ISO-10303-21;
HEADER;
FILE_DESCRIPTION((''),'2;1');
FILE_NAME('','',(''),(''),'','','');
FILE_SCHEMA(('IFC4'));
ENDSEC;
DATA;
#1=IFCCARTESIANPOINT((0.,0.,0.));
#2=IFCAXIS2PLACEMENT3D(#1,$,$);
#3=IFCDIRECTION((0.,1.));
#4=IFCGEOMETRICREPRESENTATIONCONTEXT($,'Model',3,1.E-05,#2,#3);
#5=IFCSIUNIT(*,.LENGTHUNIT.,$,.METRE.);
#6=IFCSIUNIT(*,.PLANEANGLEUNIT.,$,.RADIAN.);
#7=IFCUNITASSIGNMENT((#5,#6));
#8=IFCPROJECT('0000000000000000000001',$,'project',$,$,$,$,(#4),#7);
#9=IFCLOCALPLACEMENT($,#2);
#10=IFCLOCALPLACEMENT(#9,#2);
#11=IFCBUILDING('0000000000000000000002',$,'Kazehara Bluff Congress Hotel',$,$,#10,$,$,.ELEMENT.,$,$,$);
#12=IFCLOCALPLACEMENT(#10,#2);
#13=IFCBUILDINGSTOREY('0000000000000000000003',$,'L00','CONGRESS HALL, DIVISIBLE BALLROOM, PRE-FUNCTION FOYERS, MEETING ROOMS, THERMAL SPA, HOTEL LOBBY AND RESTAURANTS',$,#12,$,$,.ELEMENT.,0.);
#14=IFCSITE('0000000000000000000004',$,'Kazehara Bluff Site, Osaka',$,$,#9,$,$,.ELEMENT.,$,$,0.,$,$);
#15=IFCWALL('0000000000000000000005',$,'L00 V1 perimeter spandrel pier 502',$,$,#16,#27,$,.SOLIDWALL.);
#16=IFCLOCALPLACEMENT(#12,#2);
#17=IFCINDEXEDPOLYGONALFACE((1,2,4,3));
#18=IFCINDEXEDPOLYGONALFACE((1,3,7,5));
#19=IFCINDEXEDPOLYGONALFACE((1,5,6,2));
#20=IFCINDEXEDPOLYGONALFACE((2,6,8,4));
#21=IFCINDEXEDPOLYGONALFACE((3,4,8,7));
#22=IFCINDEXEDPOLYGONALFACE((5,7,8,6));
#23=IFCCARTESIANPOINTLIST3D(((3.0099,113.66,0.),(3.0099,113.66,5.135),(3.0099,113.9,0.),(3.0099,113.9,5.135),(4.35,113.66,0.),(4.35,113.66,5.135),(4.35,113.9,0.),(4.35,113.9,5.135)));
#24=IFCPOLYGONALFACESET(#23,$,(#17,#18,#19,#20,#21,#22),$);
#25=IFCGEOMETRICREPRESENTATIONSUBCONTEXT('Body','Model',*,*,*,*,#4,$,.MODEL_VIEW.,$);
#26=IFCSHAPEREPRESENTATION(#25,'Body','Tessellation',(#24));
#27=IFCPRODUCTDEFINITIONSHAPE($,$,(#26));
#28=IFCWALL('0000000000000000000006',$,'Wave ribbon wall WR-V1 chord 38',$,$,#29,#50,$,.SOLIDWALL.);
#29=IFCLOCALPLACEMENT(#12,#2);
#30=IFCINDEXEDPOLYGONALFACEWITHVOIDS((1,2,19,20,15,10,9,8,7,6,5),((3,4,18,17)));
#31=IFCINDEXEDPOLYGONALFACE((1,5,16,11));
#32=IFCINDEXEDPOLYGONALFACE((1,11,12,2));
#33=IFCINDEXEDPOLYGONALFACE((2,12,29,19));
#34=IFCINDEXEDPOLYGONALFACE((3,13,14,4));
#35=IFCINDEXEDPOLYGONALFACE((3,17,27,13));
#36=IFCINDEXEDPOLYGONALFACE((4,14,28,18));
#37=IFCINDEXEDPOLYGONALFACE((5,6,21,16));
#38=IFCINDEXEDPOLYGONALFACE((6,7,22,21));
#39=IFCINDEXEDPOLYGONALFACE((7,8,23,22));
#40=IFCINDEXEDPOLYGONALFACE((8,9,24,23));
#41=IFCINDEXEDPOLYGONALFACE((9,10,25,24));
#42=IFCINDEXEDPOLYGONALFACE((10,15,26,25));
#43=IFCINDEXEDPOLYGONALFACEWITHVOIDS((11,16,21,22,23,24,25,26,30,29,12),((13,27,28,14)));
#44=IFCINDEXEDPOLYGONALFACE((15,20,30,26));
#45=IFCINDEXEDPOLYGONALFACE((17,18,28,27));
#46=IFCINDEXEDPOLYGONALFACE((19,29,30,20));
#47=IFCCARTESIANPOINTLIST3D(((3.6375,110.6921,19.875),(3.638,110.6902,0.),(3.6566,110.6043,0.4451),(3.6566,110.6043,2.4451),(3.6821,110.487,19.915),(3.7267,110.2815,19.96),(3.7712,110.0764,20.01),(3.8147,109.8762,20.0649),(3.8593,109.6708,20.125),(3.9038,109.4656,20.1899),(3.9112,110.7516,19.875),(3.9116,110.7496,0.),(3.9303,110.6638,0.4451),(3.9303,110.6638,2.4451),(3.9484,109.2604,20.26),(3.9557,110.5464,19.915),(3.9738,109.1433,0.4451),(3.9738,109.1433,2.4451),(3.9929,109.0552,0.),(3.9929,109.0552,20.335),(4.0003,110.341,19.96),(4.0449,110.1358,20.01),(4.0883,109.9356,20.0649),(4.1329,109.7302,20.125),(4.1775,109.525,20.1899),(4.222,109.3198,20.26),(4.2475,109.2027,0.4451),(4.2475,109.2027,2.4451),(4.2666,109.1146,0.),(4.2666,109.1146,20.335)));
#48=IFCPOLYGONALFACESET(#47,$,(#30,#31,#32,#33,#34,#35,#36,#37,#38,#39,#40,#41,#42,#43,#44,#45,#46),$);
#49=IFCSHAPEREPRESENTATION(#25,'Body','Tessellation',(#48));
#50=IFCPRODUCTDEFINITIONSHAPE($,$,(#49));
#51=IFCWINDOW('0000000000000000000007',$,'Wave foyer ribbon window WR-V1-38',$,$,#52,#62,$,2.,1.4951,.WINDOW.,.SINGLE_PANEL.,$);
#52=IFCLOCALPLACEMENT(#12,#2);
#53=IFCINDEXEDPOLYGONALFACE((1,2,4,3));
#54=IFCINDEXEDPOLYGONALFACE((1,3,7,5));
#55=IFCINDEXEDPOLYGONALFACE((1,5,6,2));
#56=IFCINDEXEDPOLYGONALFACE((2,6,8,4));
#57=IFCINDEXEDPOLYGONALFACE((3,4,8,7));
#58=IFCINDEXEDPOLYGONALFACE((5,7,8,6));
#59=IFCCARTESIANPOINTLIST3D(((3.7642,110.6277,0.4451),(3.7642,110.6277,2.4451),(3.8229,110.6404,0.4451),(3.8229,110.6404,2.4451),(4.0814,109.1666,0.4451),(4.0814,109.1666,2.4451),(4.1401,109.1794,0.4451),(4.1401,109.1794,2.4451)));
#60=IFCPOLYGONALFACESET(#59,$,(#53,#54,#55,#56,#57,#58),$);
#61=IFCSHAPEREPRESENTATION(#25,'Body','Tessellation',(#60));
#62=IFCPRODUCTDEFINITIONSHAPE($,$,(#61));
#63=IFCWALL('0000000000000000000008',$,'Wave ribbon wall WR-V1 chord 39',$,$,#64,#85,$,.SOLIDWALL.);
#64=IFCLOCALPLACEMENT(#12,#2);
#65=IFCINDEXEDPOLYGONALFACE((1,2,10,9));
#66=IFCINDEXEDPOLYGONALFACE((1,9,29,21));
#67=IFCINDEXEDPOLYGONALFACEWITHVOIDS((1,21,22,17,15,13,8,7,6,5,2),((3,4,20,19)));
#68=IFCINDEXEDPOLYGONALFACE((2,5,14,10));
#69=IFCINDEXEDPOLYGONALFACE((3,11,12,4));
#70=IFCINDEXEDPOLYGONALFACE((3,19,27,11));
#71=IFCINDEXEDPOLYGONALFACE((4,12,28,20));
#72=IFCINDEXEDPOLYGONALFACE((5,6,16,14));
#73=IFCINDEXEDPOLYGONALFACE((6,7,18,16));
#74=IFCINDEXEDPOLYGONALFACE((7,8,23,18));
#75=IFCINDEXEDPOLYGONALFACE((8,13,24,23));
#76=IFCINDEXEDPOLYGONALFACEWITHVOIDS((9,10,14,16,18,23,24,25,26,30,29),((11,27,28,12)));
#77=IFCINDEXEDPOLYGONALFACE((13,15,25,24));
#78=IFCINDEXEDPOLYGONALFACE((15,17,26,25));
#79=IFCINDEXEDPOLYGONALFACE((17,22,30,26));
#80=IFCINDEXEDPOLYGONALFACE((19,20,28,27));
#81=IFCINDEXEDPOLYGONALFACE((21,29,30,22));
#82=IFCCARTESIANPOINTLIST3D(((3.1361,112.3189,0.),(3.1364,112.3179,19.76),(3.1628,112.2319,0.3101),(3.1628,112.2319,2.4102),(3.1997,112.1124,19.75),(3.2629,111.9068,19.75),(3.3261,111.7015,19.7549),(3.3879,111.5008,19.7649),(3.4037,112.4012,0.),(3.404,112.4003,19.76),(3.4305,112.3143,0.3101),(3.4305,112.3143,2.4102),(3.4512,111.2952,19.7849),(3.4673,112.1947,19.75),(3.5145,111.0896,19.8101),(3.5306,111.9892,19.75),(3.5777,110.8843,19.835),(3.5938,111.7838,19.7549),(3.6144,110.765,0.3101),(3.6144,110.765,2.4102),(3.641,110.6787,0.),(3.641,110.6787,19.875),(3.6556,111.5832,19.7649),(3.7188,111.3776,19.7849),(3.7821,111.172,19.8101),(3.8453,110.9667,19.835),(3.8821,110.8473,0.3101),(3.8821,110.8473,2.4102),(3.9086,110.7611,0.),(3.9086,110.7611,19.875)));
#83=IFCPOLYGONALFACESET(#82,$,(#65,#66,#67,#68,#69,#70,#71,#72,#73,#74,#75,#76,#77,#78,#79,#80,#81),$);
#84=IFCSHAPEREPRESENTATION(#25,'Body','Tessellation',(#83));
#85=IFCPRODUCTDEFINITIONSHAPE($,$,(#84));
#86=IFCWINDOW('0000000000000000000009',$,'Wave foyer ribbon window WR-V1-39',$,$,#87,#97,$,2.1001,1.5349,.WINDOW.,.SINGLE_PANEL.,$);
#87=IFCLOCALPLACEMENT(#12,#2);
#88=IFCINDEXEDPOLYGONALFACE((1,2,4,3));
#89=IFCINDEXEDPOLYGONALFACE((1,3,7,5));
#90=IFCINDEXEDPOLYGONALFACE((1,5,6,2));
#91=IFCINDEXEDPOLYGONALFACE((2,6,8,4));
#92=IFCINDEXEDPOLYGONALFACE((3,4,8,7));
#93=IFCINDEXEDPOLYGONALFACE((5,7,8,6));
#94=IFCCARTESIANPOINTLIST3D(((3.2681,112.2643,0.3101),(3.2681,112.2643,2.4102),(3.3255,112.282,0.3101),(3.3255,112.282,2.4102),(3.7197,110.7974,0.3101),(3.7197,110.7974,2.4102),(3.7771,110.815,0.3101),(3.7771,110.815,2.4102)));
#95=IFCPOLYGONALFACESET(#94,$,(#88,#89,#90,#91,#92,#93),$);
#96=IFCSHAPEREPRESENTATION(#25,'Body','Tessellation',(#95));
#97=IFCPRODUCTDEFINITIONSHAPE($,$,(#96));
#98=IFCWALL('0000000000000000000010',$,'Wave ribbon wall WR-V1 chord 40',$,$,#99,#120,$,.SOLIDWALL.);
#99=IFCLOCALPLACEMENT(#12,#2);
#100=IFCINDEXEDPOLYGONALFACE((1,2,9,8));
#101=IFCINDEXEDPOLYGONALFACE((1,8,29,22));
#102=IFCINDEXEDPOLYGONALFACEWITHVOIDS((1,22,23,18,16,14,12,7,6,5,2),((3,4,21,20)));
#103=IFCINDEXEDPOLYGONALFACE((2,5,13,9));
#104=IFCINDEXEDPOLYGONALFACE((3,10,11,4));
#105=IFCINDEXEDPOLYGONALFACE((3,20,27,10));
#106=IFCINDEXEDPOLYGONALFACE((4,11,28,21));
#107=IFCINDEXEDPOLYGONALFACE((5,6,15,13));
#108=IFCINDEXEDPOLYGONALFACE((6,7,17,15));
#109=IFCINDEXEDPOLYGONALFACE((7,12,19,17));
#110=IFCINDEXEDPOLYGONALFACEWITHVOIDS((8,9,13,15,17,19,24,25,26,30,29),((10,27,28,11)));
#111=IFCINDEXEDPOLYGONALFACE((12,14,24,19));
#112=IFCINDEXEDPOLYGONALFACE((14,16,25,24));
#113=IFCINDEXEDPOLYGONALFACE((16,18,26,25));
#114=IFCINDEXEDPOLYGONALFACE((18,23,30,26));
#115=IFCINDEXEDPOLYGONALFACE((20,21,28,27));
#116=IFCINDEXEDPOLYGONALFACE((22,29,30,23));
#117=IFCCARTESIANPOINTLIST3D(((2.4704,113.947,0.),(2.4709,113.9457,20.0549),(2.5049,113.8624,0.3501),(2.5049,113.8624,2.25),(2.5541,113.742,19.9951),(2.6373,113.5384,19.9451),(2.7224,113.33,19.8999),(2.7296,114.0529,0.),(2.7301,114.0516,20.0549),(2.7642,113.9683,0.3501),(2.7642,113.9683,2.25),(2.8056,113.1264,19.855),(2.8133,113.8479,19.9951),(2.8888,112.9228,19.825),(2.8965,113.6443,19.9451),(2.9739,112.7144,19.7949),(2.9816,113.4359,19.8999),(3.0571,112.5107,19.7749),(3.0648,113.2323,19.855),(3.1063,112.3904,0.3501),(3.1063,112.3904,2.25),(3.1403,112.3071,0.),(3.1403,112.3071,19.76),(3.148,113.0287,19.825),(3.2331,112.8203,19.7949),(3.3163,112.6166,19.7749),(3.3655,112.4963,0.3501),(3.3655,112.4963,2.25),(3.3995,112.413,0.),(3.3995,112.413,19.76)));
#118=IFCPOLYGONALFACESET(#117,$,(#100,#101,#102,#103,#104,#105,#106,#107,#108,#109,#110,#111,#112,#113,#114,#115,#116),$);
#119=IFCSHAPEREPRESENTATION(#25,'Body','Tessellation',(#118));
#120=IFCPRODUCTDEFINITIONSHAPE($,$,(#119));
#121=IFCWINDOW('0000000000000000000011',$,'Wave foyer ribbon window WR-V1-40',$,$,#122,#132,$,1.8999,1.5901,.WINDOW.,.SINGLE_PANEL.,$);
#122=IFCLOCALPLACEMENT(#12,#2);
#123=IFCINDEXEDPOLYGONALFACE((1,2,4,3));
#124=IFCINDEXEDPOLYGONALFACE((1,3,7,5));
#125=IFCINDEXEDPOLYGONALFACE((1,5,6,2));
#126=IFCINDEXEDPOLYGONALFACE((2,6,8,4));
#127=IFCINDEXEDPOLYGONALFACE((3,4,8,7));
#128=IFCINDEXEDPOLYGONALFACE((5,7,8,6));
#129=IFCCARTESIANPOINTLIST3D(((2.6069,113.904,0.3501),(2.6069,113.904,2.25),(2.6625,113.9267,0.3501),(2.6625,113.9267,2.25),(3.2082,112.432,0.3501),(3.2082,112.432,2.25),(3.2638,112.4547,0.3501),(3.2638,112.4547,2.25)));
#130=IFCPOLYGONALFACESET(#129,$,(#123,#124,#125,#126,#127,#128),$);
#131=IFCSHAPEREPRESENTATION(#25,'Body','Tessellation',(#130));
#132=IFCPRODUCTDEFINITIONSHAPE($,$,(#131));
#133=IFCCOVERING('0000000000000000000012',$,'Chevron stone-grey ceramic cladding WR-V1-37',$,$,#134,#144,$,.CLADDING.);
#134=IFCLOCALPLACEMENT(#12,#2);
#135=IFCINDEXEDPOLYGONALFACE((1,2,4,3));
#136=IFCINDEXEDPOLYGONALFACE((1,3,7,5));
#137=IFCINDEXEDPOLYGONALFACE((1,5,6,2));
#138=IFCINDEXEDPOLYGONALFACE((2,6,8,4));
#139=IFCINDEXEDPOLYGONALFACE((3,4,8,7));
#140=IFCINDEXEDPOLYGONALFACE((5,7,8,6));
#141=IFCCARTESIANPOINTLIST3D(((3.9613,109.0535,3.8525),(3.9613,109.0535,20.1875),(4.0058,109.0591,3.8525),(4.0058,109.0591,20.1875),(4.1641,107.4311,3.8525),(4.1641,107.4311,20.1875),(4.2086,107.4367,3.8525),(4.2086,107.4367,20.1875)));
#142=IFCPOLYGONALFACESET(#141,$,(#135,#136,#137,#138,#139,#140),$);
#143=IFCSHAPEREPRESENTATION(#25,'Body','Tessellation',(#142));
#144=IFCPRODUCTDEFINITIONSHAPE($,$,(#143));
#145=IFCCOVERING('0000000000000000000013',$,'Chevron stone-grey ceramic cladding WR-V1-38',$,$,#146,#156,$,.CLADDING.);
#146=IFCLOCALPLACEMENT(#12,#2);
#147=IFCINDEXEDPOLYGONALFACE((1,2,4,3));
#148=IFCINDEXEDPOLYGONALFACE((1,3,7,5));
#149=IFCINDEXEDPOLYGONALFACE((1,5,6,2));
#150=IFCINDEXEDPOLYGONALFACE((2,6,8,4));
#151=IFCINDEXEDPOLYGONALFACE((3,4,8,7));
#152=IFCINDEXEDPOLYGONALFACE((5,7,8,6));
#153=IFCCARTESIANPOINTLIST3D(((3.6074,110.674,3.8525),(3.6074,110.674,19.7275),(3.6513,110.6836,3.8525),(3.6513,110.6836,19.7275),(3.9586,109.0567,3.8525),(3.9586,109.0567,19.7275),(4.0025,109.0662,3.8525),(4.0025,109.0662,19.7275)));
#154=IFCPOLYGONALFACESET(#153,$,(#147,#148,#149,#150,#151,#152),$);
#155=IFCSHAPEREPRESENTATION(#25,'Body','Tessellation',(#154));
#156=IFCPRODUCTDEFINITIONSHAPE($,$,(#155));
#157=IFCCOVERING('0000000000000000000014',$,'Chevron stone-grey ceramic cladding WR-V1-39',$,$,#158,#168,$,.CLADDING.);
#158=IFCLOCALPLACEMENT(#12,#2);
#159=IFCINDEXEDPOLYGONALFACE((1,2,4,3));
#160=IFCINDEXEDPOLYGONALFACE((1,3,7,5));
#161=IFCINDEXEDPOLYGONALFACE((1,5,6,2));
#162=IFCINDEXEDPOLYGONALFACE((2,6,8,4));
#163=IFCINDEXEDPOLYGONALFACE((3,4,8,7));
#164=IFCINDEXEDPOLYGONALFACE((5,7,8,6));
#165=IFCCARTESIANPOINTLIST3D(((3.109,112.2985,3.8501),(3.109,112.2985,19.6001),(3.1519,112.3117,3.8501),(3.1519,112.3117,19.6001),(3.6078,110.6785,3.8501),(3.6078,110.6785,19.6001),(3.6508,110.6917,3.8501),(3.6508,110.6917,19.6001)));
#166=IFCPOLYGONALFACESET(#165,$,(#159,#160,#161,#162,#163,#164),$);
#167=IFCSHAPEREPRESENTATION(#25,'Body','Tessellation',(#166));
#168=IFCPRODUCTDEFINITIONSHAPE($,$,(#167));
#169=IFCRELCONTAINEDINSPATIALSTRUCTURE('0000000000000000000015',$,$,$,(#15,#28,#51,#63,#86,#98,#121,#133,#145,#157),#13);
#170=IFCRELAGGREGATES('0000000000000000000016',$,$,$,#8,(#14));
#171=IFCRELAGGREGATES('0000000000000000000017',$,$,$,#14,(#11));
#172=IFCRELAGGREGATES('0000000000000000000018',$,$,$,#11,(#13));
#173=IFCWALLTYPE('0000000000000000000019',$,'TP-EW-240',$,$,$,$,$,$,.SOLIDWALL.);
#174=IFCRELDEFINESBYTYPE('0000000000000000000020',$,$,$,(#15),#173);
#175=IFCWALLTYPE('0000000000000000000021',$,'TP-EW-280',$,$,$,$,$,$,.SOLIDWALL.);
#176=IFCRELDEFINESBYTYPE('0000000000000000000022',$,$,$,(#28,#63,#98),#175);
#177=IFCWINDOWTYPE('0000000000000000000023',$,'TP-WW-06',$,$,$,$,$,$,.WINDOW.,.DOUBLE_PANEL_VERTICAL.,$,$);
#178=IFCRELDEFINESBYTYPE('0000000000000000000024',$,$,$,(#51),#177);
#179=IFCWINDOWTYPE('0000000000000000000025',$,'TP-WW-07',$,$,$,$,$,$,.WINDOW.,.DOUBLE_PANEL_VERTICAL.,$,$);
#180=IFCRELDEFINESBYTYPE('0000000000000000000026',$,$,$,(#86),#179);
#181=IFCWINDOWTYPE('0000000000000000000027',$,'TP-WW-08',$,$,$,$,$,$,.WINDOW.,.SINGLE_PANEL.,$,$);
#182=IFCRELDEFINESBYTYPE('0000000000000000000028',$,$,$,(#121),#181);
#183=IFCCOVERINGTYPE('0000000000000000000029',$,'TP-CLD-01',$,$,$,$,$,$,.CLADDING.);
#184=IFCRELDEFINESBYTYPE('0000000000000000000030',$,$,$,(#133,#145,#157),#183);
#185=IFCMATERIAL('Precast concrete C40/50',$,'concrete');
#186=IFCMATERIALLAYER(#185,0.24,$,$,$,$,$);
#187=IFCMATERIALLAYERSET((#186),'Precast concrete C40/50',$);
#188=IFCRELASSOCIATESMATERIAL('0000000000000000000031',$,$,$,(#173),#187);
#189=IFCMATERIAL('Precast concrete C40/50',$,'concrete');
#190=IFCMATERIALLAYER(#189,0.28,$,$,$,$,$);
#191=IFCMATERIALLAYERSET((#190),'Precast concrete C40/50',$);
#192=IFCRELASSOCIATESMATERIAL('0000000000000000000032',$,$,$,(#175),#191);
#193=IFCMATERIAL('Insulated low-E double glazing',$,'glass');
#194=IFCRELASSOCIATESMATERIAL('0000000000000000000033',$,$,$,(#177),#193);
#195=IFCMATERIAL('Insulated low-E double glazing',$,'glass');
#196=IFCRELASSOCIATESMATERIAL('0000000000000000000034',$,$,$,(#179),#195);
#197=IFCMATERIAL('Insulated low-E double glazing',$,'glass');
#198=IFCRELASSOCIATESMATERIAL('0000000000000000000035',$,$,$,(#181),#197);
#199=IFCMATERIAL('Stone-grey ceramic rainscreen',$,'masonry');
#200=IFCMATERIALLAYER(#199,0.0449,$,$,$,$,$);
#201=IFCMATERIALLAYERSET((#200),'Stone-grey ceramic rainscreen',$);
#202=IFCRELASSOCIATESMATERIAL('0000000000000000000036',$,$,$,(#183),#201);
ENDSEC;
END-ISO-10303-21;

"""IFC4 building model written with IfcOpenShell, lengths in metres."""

from ifc_helpers import new_model, si_unit, direction, frame, frame_2d, origin, origin_2d, place, context, subcontext, project, spatial, polyline, rectangle, outline, extrude, material, layer, layer_set, type_object, element, fill, save


model = new_model("IFC4")

# Units and contexts
model_context = context("Model", 3, precision=1e-05, world=origin(), true_north=direction((0.0, 1.0)))
body_context = subcontext(model_context, "Body", "Model", "MODEL_VIEW")
ifc_project = project(units=[si_unit("LENGTHUNIT", "METRE"), si_unit("PLANEANGLEUNIT", "RADIAN")], contexts=[model_context])

# Site, building, storey
site_placement = place(None, origin())
site = spatial("IfcSite", under=ifc_project, at=site_placement, Name="Kazehara Bluff Site, Osaka", CompositionType="ELEMENT", RefElevation=0.0)
building_placement = place(site_placement, origin())
building = spatial("IfcBuilding", under=site, at=building_placement, Name="Kazehara Bluff Congress Hotel", CompositionType="ELEMENT")
storey_placement = place(building_placement, origin())
storey = spatial("IfcBuildingStorey", under=building, at=storey_placement, Name="L00", Description="CONGRESS HALL, DIVISIBLE BALLROOM, PRE-FUNCTION FOYERS, MEETING ROOMS, THERMAL SPA, HOTEL LOBBY AND RESTAURANTS", CompositionType="ELEMENT", Elevation=0.0)

# Wall
ifc_material_1 = material(Name="Precast concrete C40/50", Category="concrete")
ifc_layer_1 = layer(ifc_material_1, 0.24)
ifc_layer_set_1 = layer_set([ifc_layer_1], Name="Precast concrete C40/50")
wall_type_1 = type_object("IfcWallType", Name="TP-EW-240", PredefinedType="SOLIDWALL", material=ifc_layer_set_1)
wall_1_placement = place(storey_placement, frame((3.01, 113.78, 0.0), z_axis=(0.0, 0.0, 1.0), x_axis=(1.0, 0.0, 0.0)))
element("IfcWall", 1, at=wall_1_placement, inside=storey, type_object=wall_type_1, Name="L00 V1 perimeter spandrel pier 502", PredefinedType="SOLIDWALL", context=body_context, shape_type="SweptSolid", body=[
    extrude(rectangle(XDim=1.3401, YDim=0.24, at=frame_2d((0.6699, 0.0))), origin(), (0.0, 0.0, 1.0), 5.135),
])

# Walls, openings, windows
ifc_material_2 = material(Name="Precast concrete C40/50", Category="concrete")
ifc_layer_2 = layer(ifc_material_2, 0.28)
ifc_layer_set_2 = layer_set([ifc_layer_2], Name="Precast concrete C40/50")
wall_type_2 = type_object("IfcWallType", Name="TP-EW-280", PredefinedType="SOLIDWALL", material=ifc_layer_set_2)
wall_2_placement = place(storey_placement, frame((4.1299, 109.085, 0.0), z_axis=(0.0, 0.0, 1.0), x_axis=(-0.212169, 0.977233, 0.0)))
wall_2 = element("IfcWall", 2, at=wall_2_placement, inside=storey, type_object=wall_type_2, Name="Wave ribbon wall WR-V1 chord 38", PredefinedType="SOLIDWALL", context=body_context, shape_type="SweptSolid", body=[
    extrude(outline(polyline([(0.0, 0.0), (1.6731, 0.0), (1.675, 19.875), (1.4651, 19.915), (1.2549, 19.96), (1.0449, 20.01), (0.8401, 20.0649), (0.6299, 20.125), (0.4199, 20.1899), (0.21, 20.26), (0.0, 20.335), (0.0, 0.0)])), frame((0.0, 0.1401, 0.0), z_axis=(0.0, -1.0, 0.0), x_axis=(1.0, 0.0, 0.0)), (0.0, 0.0, 1.0), 0.28),
])
opening_1_placement = place(wall_2_placement, frame((0.0901, 0.0, 0.4451)))
opening_1 = element("IfcOpeningElement", 3, at=opening_1_placement, cuts=wall_2, PredefinedType="OPENING", context=body_context, shape_type="SweptSolid", body=[
    extrude(rectangle(XDim=1.4951, YDim=2.0, at=frame_2d((0.7476, 1.0))), frame((0.0, 0.1499, 0.0), z_axis=(0.0, -1.0, 0.0), x_axis=(1.0, 0.0, 0.0)), (0.0, 0.0, 1.0), 0.3),
])
ifc_material_3 = material(Name="Insulated low-E double glazing", Category="glass")
window_type_1 = type_object("IfcWindowType", Name="TP-WW-06", PartitioningType="DOUBLE_PANEL_VERTICAL", PredefinedType="WINDOW", material=ifc_material_3)
window_1_placement = place(opening_1_placement, origin())
window_1 = element("IfcWindow", 4, at=window_1_placement, inside=storey, type_object=window_type_1, Name="Wave foyer ribbon window WR-V1-38", OverallHeight=2.0, OverallWidth=1.4951, PartitioningType="SINGLE_PANEL", PredefinedType="WINDOW", context=body_context, shape_type="SweptSolid", body=[
    extrude(rectangle(XDim=1.4951, YDim=2.0, at=frame_2d((0.7476, 1.0))), frame((0.0, 0.03, 0.0), z_axis=(0.0, -1.0, 0.0), x_axis=(1.0, 0.0, 0.0)), (0.0, 0.0, 1.0), 0.0601),
])
fill(opening_1, window_1)
wall_3_placement = place(storey_placement, frame((3.7749, 110.72, 0.0), z_axis=(0.0, 0.0, 1.0), x_axis=(-0.294206, 0.955742, 0.0)))
wall_3 = element("IfcWall", 5, at=wall_3_placement, inside=storey, type_object=wall_type_2, Name="Wave ribbon wall WR-V1 chord 39", PredefinedType="SOLIDWALL", context=body_context, shape_type="SweptSolid", body=[
    extrude(outline(polyline([(0.0, 0.0), (1.7161, 0.0), (1.7151, 19.76), (1.5, 19.75), (1.2849, 19.75), (1.0701, 19.7549), (0.8601, 19.7649), (0.645, 19.7849), (0.4299, 19.8101), (0.2151, 19.835), (0.0, 19.875), (0.0, 0.0)])), frame((0.0, 0.1401, 0.0), z_axis=(0.0, -1.0, 0.0), x_axis=(1.0, 0.0, 0.0)), (0.0, 0.0, 1.0), 0.28),
])
opening_2_placement = place(wall_3_placement, frame((0.0901, 0.0, 0.3101)))
opening_2 = element("IfcOpeningElement", 6, at=opening_2_placement, cuts=wall_3, PredefinedType="OPENING", context=body_context, shape_type="SweptSolid", body=[
    extrude(rectangle(XDim=1.5349, YDim=2.1001, at=frame_2d((0.7676, 1.05))), frame((0.0, 0.1499, 0.0), z_axis=(0.0, -1.0, 0.0), x_axis=(1.0, 0.0, 0.0)), (0.0, 0.0, 1.0), 0.3),
])
ifc_material_4 = material(Name="Insulated low-E double glazing", Category="glass")
window_type_2 = type_object("IfcWindowType", Name="TP-WW-07", PartitioningType="DOUBLE_PANEL_VERTICAL", PredefinedType="WINDOW", material=ifc_material_4)
window_2_placement = place(opening_2_placement, origin())
window_2 = element("IfcWindow", 7, at=window_2_placement, inside=storey, type_object=window_type_2, Name="Wave foyer ribbon window WR-V1-39", OverallHeight=2.1001, OverallWidth=1.5349, PartitioningType="SINGLE_PANEL", PredefinedType="WINDOW", context=body_context, shape_type="SweptSolid", body=[
    extrude(rectangle(XDim=1.5349, YDim=2.1001, at=frame_2d((0.7676, 1.05))), frame((0.0, 0.03, 0.0), z_axis=(0.0, -1.0, 0.0), x_axis=(1.0, 0.0, 0.0)), (0.0, 0.0, 1.0), 0.0601),
])
fill(opening_2, window_2)
wall_4_placement = place(storey_placement, frame((3.27, 112.3601, 0.0), z_axis=(0.0, 0.0, 1.0), x_axis=(-0.378177, 0.925733, 0.0)))
wall_4 = element("IfcWall", 8, at=wall_4_placement, inside=storey, type_object=wall_type_2, Name="Wave ribbon wall WR-V1 chord 40", PredefinedType="SOLIDWALL", context=body_context, shape_type="SweptSolid", body=[
    extrude(outline(polyline([(0.0, 0.0), (1.7715, 0.0), (1.77, 20.0549), (1.55, 19.9951), (1.3301, 19.9451), (1.105, 19.8999), (0.885, 19.855), (0.665, 19.825), (0.4399, 19.7949), (0.22, 19.7749), (0.0, 19.76), (0.0, 0.0)])), frame((0.0, 0.1401, 0.0), z_axis=(0.0, -1.0, 0.0), x_axis=(1.0, 0.0, 0.0)), (0.0, 0.0, 1.0), 0.28),
])
opening_3_placement = place(wall_4_placement, frame((0.0901, 0.0, 0.3501)))
opening_3 = element("IfcOpeningElement", 9, at=opening_3_placement, cuts=wall_4, PredefinedType="OPENING", context=body_context, shape_type="SweptSolid", body=[
    extrude(rectangle(XDim=1.5901, YDim=1.8999, at=frame_2d((0.7949, 0.95))), frame((0.0, 0.1499, 0.0), z_axis=(0.0, -1.0, 0.0), x_axis=(1.0, 0.0, 0.0)), (0.0, 0.0, 1.0), 0.3),
])
ifc_material_5 = material(Name="Insulated low-E double glazing", Category="glass")
window_type_3 = type_object("IfcWindowType", Name="TP-WW-08", PartitioningType="SINGLE_PANEL", PredefinedType="WINDOW", material=ifc_material_5)
window_3_placement = place(opening_3_placement, origin())
window_3 = element("IfcWindow", 10, at=window_3_placement, inside=storey, type_object=window_type_3, Name="Wave foyer ribbon window WR-V1-40", OverallHeight=1.8999, OverallWidth=1.5901, PartitioningType="SINGLE_PANEL", PredefinedType="WINDOW", context=body_context, shape_type="SweptSolid", body=[
    extrude(rectangle(XDim=1.5901, YDim=1.8999, at=frame_2d((0.7949, 0.95))), frame((0.0, 0.03, 0.0), z_axis=(0.0, -1.0, 0.0), x_axis=(1.0, 0.0, 0.0)), (0.0, 0.0, 1.0), 0.0601),
])
fill(opening_3, window_3)

# Coverings
ifc_material_6 = material(Name="Stone-grey ceramic rainscreen", Category="masonry")
ifc_layer_3 = layer(ifc_material_6, 0.0449)
ifc_layer_set_3 = layer_set([ifc_layer_3], Name="Stone-grey ceramic rainscreen")
covering_type_1 = type_object("IfcCoveringType", Name="TP-CLD-01", PredefinedType="CLADDING", material=ifc_layer_set_3)
covering_1_placement = place(storey_placement, frame((4.085, 108.2451, 3.8525), z_axis=(0.0, 0.0, 1.0), x_axis=(-0.124034, 0.992278, 0.0)))
element("IfcCovering", 11, at=covering_1_placement, inside=storey, type_object=covering_type_1, Name="Chevron stone-grey ceramic cladding WR-V1-37", PredefinedType="CLADDING", context=body_context, shape_type="SweptSolid", body=[
    extrude(rectangle(XDim=1.635, YDim=0.0449, at=origin_2d()), origin(), (0.0, 0.0, 1.0), 16.335),
])
covering_2_placement = place(storey_placement, frame((3.8049, 109.8701, 3.8525), z_axis=(0.0, 0.0, 1.0), x_axis=(-0.212181, 0.97723, 0.0)))
element("IfcCovering", 12, at=covering_2_placement, inside=storey, type_object=covering_type_1, Name="Chevron stone-grey ceramic cladding WR-V1-38", PredefinedType="CLADDING", context=body_context, shape_type="SweptSolid", body=[
    extrude(rectangle(XDim=1.655, YDim=0.0449, at=origin_2d()), origin(), (0.0, 0.0, 1.0), 15.875),
])
covering_3_placement = place(storey_placement, frame((3.3799, 111.4951, 3.8501), z_axis=(0.0, 0.0, 1.0), x_axis=(-0.294291, 0.955716, 0.0)))
element("IfcCovering", 13, at=covering_3_placement, inside=storey, type_object=covering_type_1, Name="Chevron stone-grey ceramic cladding WR-V1-39", PredefinedType="CLADDING", context=body_context, shape_type="SweptSolid", body=[
    extrude(rectangle(XDim=1.6951, YDim=0.0449, at=origin_2d()), origin(), (0.0, 0.0, 1.0), 15.75),
])

save(model, "model.ifc")
